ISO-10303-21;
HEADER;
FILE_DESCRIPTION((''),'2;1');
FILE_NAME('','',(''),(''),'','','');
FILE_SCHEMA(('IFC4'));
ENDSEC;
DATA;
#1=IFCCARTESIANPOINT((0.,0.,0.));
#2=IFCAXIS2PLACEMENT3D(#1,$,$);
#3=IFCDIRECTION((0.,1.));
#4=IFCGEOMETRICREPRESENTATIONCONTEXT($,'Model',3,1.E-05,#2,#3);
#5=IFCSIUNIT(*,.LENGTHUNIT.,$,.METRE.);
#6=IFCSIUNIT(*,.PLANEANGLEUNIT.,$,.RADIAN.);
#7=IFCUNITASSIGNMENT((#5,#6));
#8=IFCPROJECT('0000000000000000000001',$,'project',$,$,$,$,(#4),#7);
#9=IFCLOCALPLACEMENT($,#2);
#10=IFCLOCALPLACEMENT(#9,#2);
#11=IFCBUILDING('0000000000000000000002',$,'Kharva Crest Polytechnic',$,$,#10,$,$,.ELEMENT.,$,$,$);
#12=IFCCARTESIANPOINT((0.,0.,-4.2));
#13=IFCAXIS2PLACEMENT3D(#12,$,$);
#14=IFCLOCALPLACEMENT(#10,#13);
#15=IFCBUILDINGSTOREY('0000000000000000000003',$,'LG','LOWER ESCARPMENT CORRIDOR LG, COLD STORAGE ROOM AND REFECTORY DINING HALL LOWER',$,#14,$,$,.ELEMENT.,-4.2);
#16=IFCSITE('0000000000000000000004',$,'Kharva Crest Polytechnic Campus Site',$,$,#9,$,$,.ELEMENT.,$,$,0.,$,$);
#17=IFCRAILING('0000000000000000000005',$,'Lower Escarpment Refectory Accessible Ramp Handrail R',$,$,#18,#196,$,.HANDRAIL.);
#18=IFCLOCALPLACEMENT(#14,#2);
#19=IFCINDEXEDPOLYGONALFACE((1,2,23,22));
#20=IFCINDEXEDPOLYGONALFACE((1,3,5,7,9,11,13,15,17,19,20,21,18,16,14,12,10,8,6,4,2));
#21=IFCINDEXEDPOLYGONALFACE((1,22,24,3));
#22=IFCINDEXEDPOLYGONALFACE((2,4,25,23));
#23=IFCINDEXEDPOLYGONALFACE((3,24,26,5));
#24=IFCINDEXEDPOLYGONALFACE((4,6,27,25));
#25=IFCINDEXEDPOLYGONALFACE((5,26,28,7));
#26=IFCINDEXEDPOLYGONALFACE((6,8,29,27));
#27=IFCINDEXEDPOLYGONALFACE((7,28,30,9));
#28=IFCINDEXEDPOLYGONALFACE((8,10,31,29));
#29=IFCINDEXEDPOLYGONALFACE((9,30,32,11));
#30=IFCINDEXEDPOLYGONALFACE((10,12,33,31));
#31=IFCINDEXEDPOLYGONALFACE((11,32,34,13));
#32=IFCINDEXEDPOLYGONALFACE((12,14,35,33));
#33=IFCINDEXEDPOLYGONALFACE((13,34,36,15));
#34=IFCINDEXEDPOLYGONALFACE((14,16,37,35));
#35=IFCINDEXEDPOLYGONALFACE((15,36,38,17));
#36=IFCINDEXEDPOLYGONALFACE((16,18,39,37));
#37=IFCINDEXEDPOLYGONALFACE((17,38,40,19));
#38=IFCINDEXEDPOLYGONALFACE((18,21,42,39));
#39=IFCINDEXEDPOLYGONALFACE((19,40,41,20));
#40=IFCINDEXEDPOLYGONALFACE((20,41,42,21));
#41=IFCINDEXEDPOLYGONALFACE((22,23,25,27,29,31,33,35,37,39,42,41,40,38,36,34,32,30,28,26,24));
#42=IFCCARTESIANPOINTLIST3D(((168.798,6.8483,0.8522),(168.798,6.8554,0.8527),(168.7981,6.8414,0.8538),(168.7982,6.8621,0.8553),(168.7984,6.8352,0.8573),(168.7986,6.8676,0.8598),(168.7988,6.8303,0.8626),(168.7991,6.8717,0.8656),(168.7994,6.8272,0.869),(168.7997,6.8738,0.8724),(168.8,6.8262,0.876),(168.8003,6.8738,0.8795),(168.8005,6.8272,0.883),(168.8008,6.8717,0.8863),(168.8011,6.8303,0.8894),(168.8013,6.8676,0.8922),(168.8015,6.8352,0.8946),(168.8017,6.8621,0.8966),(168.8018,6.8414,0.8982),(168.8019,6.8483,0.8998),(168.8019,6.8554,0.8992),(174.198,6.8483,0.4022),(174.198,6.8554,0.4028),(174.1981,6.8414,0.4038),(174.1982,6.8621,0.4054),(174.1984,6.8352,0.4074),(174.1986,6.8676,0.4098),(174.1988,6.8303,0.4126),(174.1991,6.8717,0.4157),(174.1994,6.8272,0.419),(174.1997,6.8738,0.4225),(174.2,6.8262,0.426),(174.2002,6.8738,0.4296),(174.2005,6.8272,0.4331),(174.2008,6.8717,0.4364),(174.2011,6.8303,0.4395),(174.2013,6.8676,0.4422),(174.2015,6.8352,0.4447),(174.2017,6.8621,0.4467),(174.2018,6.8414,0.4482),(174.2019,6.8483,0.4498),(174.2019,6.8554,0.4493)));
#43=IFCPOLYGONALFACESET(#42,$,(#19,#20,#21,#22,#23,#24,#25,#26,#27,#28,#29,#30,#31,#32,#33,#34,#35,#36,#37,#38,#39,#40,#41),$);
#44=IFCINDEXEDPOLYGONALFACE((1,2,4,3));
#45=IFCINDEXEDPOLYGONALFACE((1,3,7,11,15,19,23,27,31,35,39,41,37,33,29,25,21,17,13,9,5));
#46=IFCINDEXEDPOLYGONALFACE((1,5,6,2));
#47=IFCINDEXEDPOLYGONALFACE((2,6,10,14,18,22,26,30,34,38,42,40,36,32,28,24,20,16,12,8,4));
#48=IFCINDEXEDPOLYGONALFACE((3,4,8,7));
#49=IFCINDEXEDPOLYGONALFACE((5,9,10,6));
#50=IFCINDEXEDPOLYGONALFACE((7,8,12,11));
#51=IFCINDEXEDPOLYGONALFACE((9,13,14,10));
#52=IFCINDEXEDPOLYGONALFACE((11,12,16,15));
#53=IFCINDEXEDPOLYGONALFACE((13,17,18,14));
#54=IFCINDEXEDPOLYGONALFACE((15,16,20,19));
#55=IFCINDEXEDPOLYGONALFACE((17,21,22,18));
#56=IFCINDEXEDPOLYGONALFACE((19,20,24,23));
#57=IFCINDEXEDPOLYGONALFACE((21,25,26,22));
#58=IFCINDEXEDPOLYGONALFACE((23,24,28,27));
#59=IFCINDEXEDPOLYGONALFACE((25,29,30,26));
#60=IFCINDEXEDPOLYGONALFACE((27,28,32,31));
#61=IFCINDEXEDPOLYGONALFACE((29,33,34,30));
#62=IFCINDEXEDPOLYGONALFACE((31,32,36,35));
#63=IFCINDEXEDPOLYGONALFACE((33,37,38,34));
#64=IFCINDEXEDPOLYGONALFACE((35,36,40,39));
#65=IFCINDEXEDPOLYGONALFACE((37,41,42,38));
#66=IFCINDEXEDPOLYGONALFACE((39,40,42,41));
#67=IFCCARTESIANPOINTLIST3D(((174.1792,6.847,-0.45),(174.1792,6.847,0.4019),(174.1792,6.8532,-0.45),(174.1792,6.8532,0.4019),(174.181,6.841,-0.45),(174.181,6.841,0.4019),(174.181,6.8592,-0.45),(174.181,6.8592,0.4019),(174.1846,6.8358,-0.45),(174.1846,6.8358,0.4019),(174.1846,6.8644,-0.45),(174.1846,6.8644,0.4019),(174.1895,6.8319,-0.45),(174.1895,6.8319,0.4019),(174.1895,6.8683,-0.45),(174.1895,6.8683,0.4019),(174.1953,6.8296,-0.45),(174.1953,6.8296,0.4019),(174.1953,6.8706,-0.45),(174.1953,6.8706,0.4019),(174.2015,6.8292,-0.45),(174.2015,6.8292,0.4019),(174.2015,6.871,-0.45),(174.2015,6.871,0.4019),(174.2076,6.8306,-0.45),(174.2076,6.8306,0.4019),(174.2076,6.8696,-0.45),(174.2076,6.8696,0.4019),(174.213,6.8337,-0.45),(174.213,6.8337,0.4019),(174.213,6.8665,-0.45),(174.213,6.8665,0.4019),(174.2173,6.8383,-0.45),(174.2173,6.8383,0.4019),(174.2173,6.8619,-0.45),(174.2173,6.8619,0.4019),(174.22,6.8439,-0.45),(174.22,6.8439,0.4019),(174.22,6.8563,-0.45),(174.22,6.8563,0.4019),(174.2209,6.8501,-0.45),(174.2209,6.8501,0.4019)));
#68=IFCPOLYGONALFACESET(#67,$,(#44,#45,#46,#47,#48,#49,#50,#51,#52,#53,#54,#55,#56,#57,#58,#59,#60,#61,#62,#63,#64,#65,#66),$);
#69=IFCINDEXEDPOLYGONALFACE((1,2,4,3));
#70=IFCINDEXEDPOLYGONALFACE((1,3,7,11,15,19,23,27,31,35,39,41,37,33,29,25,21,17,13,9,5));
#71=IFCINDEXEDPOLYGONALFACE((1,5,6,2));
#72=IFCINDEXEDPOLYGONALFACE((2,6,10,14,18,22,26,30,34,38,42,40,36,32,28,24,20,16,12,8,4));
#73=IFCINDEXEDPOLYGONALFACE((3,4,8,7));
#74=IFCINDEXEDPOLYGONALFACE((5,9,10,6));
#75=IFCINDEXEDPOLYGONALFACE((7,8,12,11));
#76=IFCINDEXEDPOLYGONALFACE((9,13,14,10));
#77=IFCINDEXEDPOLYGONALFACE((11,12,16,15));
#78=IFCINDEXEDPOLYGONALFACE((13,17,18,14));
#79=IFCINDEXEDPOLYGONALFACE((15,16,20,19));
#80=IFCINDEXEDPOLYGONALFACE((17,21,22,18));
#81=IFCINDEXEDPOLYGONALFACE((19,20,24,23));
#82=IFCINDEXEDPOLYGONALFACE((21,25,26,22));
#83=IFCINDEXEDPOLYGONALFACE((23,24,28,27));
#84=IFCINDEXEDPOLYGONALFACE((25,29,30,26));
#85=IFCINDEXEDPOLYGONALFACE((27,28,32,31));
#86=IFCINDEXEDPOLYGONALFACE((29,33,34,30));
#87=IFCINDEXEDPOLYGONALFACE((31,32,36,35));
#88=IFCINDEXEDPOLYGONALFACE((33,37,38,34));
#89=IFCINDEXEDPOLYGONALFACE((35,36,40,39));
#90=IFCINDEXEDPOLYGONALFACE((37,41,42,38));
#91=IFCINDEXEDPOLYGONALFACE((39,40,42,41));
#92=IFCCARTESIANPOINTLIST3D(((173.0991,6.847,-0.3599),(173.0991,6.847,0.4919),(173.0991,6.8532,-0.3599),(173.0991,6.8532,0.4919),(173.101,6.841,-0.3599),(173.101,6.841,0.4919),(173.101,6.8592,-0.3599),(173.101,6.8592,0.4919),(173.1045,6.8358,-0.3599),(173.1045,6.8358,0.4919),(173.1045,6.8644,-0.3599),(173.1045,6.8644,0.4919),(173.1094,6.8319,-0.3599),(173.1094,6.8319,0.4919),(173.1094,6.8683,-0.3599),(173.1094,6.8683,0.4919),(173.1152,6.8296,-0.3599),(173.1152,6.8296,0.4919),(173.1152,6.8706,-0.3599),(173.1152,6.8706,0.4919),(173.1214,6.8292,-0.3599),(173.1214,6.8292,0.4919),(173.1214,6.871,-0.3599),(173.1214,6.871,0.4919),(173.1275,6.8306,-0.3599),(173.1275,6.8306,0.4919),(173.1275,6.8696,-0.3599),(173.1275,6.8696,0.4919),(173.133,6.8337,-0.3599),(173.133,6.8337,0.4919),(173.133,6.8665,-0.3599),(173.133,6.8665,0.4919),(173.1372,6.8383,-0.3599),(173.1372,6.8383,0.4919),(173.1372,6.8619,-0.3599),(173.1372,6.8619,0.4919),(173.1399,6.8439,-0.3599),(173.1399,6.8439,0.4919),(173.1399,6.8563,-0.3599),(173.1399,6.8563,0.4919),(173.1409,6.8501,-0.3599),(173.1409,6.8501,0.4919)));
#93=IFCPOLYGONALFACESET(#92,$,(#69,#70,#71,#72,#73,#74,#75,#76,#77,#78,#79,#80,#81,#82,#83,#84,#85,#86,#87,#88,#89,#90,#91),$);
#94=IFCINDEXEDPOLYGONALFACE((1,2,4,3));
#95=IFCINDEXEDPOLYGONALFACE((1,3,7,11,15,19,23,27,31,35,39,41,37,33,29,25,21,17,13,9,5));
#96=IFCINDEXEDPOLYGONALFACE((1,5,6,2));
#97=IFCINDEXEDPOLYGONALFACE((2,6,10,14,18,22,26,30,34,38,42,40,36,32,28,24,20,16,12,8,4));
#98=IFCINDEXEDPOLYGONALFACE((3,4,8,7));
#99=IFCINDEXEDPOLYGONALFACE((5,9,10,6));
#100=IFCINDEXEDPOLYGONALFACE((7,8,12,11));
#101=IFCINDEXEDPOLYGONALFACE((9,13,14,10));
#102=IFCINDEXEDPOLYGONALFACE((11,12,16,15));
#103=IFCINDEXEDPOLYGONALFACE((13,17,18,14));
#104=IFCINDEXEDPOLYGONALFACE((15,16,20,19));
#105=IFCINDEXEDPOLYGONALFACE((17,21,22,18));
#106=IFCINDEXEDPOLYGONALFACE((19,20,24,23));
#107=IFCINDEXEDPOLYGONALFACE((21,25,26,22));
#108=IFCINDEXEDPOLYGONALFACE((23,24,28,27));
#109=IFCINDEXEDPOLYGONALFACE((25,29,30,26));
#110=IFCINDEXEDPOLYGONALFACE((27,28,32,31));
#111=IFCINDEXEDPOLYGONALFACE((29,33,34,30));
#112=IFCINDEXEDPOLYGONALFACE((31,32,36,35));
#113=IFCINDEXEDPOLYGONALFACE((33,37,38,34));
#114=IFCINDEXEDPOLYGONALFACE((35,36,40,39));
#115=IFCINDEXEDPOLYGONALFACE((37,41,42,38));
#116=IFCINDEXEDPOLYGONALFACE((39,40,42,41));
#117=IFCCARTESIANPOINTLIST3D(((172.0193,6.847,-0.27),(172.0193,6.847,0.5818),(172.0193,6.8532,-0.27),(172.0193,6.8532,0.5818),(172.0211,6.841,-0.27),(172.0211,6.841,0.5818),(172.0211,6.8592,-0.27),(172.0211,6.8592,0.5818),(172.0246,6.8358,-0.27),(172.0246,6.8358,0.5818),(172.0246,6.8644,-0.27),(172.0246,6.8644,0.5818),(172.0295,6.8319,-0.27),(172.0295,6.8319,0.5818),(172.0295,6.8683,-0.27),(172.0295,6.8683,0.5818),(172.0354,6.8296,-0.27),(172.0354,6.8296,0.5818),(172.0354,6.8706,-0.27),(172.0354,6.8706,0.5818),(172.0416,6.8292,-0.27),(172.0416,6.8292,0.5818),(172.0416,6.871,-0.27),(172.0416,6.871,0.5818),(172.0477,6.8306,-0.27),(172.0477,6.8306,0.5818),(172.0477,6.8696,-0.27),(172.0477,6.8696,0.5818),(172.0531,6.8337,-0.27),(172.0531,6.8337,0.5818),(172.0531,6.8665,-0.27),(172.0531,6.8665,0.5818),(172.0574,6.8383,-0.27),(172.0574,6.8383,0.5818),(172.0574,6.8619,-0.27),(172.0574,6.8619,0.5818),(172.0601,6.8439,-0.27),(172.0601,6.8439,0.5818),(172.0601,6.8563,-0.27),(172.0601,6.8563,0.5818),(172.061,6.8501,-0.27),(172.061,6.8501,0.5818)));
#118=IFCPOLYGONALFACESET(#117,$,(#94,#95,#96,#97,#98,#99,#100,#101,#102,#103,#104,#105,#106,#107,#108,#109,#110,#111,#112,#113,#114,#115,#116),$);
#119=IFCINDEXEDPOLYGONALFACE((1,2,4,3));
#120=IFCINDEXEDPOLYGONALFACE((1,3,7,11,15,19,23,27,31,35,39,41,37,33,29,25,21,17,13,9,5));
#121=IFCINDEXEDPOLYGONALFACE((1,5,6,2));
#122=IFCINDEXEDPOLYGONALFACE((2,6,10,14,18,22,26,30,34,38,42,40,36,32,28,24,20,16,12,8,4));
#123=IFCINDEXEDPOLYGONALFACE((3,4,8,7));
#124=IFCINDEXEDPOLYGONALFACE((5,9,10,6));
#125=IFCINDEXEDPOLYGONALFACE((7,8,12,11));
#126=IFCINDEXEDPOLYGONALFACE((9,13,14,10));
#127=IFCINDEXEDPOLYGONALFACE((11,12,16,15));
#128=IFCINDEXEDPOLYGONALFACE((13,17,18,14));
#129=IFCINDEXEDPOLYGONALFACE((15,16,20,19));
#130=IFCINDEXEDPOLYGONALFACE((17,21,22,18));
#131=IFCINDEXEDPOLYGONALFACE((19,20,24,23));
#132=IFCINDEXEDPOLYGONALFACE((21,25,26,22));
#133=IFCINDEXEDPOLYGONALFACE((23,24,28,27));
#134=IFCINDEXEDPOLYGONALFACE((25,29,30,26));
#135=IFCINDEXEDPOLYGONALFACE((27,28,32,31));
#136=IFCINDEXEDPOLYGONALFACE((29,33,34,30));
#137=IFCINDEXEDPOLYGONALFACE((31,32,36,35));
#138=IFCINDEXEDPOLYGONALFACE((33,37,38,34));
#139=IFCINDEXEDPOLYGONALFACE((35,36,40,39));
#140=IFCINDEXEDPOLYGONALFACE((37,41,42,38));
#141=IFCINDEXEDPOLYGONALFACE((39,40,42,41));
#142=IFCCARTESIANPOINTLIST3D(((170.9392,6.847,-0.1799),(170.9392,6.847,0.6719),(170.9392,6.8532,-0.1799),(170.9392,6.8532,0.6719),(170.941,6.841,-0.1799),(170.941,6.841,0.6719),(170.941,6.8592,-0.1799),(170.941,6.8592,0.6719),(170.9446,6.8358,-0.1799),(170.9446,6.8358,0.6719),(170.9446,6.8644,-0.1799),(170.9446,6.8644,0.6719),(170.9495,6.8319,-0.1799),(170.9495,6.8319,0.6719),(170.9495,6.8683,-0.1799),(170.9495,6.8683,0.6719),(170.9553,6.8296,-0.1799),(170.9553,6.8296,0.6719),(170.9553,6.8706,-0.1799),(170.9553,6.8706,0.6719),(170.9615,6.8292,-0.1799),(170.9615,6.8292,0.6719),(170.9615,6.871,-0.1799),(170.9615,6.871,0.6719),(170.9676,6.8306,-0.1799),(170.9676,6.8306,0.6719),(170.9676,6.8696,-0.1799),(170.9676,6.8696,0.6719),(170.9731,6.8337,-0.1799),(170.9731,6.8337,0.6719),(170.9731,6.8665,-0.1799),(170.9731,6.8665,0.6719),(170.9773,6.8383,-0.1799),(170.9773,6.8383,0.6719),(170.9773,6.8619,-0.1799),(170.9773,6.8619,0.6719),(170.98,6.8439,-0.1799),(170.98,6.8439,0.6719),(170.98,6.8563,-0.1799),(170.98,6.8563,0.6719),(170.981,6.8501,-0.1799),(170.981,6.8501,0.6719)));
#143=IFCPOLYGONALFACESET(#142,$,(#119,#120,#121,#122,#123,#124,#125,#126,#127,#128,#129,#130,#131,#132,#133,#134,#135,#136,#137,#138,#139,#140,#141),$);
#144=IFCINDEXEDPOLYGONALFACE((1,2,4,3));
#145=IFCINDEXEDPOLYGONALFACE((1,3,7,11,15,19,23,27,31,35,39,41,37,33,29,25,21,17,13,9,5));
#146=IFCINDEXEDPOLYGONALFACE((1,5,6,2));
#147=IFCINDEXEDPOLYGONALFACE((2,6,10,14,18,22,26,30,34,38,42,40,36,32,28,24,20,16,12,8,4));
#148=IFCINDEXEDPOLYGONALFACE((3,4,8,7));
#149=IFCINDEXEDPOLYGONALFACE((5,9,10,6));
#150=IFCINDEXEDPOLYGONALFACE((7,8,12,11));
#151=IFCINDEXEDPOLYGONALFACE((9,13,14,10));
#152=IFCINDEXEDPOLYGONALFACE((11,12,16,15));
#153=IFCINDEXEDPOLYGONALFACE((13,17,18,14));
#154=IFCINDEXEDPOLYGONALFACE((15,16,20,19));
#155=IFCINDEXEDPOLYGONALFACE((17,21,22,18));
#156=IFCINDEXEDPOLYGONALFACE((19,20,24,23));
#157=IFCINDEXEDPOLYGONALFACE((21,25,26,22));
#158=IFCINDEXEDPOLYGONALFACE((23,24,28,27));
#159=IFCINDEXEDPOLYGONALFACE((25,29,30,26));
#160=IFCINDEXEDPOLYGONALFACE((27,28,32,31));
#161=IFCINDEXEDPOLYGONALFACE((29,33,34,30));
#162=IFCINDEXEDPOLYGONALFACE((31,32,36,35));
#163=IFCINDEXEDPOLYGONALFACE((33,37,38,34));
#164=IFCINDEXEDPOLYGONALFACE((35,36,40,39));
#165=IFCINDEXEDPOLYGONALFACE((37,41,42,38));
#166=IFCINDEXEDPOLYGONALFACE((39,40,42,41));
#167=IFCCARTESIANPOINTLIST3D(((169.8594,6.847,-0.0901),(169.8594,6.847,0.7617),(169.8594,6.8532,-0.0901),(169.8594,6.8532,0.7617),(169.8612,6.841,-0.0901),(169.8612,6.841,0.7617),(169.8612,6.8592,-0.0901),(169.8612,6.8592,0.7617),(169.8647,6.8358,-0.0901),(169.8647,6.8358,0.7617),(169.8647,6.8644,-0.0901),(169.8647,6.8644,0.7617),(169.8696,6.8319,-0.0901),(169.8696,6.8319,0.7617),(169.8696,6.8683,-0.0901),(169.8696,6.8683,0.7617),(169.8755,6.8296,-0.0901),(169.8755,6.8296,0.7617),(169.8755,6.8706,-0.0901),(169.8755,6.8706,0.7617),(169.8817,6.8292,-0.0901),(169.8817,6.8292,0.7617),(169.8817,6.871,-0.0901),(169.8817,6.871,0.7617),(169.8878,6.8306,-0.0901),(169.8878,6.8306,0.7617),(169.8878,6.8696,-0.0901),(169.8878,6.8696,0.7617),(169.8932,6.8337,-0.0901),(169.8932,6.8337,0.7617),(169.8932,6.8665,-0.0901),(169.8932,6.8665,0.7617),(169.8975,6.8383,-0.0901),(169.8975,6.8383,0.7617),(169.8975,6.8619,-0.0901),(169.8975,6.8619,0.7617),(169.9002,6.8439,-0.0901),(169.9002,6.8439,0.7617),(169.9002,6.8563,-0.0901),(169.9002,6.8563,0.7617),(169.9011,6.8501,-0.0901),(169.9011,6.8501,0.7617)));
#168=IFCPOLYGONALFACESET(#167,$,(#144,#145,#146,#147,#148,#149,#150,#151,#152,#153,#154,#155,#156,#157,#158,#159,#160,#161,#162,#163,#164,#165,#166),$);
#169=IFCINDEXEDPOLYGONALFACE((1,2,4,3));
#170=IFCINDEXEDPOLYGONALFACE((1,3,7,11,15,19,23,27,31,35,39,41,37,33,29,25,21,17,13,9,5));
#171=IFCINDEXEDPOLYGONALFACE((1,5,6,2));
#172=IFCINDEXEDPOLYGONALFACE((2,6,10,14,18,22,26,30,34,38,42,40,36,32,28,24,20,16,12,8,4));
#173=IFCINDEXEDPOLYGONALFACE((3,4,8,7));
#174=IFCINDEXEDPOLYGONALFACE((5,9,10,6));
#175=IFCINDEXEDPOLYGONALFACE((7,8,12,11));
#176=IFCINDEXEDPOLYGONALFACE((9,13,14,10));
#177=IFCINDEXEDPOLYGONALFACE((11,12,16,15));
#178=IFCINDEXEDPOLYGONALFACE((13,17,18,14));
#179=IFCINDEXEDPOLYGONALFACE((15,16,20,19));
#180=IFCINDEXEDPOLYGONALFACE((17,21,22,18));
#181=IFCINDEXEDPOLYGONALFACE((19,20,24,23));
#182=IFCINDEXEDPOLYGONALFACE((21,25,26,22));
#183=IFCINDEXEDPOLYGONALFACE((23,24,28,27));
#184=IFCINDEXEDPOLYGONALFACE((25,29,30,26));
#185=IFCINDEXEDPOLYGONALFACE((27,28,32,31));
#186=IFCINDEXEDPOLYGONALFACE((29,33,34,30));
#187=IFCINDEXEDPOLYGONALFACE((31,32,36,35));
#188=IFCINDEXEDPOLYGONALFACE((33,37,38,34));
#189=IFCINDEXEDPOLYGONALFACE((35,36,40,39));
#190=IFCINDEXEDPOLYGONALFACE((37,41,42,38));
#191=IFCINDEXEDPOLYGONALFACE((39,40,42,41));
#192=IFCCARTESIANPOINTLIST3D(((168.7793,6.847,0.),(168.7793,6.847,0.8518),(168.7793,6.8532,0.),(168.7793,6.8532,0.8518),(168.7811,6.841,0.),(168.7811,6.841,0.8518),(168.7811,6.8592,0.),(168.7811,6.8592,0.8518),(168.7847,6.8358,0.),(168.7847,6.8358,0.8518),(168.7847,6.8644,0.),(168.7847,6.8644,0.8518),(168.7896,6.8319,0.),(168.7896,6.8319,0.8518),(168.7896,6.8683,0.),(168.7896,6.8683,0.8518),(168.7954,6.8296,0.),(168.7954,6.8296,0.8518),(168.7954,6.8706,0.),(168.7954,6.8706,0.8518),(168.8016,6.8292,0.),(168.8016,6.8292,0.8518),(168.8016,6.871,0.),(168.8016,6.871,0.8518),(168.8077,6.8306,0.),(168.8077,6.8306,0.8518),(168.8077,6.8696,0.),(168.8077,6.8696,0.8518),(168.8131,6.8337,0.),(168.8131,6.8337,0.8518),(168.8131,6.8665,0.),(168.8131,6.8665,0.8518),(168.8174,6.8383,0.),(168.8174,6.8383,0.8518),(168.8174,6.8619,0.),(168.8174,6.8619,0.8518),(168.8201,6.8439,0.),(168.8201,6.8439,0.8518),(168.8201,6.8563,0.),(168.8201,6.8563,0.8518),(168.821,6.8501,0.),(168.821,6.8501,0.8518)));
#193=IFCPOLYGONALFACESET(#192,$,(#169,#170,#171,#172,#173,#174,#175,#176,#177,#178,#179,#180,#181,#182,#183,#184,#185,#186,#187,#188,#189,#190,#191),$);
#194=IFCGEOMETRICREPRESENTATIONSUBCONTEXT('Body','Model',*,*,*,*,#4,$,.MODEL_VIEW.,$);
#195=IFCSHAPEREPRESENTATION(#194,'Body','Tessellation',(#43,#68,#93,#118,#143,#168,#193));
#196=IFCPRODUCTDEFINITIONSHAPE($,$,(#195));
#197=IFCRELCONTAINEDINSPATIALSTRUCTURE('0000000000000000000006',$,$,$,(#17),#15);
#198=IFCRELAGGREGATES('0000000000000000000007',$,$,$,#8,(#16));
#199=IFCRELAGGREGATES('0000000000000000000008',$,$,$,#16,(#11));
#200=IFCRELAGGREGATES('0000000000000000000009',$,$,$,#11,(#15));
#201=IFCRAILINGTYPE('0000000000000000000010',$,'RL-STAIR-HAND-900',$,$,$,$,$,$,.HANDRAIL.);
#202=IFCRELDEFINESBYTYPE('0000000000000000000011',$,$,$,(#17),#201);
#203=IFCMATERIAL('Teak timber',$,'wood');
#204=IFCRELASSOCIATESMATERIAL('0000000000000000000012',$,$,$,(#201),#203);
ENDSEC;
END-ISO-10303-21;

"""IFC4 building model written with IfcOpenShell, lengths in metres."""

from ifc_helpers import new_model, si_unit, direction, frame, origin, origin_2d, place, context, subcontext, project, spatial, circle, extrude, material, type_object, element, save


model = new_model("IFC4")

# Units and contexts
model_context = context("Model", 3, precision=1e-05, world=origin(), true_north=direction((0.0, 1.0)))
body_context = subcontext(model_context, "Body", "Model", "MODEL_VIEW")
ifc_project = project(units=[si_unit("LENGTHUNIT", "METRE"), si_unit("PLANEANGLEUNIT", "RADIAN")], contexts=[model_context])

# Site, building, storey
site_placement = place(None, origin())
site = spatial("IfcSite", under=ifc_project, at=site_placement, Name="Kharva Crest Polytechnic Campus Site", CompositionType="ELEMENT", RefElevation=0.0)
building_placement = place(site_placement, origin())
building = spatial("IfcBuilding", under=site, at=building_placement, Name="Kharva Crest Polytechnic", CompositionType="ELEMENT")
storey_placement = place(building_placement, frame((0.0, 0.0, -4.2)))
storey = spatial("IfcBuildingStorey", under=building, at=storey_placement, Name="LG", Description="LOWER ESCARPMENT CORRIDOR LG, COLD STORAGE ROOM AND REFECTORY DINING HALL LOWER", CompositionType="ELEMENT", Elevation=-4.2)

# Railing
ifc_material_1 = material(Name="Teak timber", Category="wood")
railing_type = type_object("IfcRailingType", Name="RL-STAIR-HAND-900", PredefinedType="HANDRAIL", material=ifc_material_1)
for number, where, name in (
    (1, (174.2, 6.8501, -0.45), "Lower Escarpment Refectory Accessible Ramp Handrail R"),
):
    element("IfcRailing", number, at=place(storey_placement, frame(where)), inside=storey, type_object=railing_type, Name=name, PredefinedType="HANDRAIL", context=body_context, shape_type="SweptSolid", body=[
        extrude(circle(Radius=0.0239, at=origin_2d()), frame((0.0, 0.0, 0.876), z_axis=(-0.996546, 0.0, 0.083038), x_axis=(0.0, -1.0, 0.0)), (0.0, 0.0, 1.0), 5.4187),
        extrude(circle(Radius=0.021, at=origin_2d()), origin(), (0.0, 0.0, 1.0), 0.8518),
        extrude(circle(Radius=0.021, at=origin_2d()), frame((-1.0801, 0.0, 0.0901)), (0.0, 0.0, 1.0), 0.8518),
        extrude(circle(Radius=0.021, at=origin_2d()), frame((-2.1599, 0.0, 0.1799)), (0.0, 0.0, 1.0), 0.8518),
        extrude(circle(Radius=0.021, at=origin_2d()), frame((-3.24, 0.0, 0.27)), (0.0, 0.0, 1.0), 0.8518),
        extrude(circle(Radius=0.021, at=origin_2d()), frame((-4.3198, 0.0, 0.3599)), (0.0, 0.0, 1.0), 0.8518),
        extrude(circle(Radius=0.021, at=origin_2d()), frame((-5.3999, 0.0, 0.45)), (0.0, 0.0, 1.0), 0.8518),
    ])

save(model, "model.ifc")
